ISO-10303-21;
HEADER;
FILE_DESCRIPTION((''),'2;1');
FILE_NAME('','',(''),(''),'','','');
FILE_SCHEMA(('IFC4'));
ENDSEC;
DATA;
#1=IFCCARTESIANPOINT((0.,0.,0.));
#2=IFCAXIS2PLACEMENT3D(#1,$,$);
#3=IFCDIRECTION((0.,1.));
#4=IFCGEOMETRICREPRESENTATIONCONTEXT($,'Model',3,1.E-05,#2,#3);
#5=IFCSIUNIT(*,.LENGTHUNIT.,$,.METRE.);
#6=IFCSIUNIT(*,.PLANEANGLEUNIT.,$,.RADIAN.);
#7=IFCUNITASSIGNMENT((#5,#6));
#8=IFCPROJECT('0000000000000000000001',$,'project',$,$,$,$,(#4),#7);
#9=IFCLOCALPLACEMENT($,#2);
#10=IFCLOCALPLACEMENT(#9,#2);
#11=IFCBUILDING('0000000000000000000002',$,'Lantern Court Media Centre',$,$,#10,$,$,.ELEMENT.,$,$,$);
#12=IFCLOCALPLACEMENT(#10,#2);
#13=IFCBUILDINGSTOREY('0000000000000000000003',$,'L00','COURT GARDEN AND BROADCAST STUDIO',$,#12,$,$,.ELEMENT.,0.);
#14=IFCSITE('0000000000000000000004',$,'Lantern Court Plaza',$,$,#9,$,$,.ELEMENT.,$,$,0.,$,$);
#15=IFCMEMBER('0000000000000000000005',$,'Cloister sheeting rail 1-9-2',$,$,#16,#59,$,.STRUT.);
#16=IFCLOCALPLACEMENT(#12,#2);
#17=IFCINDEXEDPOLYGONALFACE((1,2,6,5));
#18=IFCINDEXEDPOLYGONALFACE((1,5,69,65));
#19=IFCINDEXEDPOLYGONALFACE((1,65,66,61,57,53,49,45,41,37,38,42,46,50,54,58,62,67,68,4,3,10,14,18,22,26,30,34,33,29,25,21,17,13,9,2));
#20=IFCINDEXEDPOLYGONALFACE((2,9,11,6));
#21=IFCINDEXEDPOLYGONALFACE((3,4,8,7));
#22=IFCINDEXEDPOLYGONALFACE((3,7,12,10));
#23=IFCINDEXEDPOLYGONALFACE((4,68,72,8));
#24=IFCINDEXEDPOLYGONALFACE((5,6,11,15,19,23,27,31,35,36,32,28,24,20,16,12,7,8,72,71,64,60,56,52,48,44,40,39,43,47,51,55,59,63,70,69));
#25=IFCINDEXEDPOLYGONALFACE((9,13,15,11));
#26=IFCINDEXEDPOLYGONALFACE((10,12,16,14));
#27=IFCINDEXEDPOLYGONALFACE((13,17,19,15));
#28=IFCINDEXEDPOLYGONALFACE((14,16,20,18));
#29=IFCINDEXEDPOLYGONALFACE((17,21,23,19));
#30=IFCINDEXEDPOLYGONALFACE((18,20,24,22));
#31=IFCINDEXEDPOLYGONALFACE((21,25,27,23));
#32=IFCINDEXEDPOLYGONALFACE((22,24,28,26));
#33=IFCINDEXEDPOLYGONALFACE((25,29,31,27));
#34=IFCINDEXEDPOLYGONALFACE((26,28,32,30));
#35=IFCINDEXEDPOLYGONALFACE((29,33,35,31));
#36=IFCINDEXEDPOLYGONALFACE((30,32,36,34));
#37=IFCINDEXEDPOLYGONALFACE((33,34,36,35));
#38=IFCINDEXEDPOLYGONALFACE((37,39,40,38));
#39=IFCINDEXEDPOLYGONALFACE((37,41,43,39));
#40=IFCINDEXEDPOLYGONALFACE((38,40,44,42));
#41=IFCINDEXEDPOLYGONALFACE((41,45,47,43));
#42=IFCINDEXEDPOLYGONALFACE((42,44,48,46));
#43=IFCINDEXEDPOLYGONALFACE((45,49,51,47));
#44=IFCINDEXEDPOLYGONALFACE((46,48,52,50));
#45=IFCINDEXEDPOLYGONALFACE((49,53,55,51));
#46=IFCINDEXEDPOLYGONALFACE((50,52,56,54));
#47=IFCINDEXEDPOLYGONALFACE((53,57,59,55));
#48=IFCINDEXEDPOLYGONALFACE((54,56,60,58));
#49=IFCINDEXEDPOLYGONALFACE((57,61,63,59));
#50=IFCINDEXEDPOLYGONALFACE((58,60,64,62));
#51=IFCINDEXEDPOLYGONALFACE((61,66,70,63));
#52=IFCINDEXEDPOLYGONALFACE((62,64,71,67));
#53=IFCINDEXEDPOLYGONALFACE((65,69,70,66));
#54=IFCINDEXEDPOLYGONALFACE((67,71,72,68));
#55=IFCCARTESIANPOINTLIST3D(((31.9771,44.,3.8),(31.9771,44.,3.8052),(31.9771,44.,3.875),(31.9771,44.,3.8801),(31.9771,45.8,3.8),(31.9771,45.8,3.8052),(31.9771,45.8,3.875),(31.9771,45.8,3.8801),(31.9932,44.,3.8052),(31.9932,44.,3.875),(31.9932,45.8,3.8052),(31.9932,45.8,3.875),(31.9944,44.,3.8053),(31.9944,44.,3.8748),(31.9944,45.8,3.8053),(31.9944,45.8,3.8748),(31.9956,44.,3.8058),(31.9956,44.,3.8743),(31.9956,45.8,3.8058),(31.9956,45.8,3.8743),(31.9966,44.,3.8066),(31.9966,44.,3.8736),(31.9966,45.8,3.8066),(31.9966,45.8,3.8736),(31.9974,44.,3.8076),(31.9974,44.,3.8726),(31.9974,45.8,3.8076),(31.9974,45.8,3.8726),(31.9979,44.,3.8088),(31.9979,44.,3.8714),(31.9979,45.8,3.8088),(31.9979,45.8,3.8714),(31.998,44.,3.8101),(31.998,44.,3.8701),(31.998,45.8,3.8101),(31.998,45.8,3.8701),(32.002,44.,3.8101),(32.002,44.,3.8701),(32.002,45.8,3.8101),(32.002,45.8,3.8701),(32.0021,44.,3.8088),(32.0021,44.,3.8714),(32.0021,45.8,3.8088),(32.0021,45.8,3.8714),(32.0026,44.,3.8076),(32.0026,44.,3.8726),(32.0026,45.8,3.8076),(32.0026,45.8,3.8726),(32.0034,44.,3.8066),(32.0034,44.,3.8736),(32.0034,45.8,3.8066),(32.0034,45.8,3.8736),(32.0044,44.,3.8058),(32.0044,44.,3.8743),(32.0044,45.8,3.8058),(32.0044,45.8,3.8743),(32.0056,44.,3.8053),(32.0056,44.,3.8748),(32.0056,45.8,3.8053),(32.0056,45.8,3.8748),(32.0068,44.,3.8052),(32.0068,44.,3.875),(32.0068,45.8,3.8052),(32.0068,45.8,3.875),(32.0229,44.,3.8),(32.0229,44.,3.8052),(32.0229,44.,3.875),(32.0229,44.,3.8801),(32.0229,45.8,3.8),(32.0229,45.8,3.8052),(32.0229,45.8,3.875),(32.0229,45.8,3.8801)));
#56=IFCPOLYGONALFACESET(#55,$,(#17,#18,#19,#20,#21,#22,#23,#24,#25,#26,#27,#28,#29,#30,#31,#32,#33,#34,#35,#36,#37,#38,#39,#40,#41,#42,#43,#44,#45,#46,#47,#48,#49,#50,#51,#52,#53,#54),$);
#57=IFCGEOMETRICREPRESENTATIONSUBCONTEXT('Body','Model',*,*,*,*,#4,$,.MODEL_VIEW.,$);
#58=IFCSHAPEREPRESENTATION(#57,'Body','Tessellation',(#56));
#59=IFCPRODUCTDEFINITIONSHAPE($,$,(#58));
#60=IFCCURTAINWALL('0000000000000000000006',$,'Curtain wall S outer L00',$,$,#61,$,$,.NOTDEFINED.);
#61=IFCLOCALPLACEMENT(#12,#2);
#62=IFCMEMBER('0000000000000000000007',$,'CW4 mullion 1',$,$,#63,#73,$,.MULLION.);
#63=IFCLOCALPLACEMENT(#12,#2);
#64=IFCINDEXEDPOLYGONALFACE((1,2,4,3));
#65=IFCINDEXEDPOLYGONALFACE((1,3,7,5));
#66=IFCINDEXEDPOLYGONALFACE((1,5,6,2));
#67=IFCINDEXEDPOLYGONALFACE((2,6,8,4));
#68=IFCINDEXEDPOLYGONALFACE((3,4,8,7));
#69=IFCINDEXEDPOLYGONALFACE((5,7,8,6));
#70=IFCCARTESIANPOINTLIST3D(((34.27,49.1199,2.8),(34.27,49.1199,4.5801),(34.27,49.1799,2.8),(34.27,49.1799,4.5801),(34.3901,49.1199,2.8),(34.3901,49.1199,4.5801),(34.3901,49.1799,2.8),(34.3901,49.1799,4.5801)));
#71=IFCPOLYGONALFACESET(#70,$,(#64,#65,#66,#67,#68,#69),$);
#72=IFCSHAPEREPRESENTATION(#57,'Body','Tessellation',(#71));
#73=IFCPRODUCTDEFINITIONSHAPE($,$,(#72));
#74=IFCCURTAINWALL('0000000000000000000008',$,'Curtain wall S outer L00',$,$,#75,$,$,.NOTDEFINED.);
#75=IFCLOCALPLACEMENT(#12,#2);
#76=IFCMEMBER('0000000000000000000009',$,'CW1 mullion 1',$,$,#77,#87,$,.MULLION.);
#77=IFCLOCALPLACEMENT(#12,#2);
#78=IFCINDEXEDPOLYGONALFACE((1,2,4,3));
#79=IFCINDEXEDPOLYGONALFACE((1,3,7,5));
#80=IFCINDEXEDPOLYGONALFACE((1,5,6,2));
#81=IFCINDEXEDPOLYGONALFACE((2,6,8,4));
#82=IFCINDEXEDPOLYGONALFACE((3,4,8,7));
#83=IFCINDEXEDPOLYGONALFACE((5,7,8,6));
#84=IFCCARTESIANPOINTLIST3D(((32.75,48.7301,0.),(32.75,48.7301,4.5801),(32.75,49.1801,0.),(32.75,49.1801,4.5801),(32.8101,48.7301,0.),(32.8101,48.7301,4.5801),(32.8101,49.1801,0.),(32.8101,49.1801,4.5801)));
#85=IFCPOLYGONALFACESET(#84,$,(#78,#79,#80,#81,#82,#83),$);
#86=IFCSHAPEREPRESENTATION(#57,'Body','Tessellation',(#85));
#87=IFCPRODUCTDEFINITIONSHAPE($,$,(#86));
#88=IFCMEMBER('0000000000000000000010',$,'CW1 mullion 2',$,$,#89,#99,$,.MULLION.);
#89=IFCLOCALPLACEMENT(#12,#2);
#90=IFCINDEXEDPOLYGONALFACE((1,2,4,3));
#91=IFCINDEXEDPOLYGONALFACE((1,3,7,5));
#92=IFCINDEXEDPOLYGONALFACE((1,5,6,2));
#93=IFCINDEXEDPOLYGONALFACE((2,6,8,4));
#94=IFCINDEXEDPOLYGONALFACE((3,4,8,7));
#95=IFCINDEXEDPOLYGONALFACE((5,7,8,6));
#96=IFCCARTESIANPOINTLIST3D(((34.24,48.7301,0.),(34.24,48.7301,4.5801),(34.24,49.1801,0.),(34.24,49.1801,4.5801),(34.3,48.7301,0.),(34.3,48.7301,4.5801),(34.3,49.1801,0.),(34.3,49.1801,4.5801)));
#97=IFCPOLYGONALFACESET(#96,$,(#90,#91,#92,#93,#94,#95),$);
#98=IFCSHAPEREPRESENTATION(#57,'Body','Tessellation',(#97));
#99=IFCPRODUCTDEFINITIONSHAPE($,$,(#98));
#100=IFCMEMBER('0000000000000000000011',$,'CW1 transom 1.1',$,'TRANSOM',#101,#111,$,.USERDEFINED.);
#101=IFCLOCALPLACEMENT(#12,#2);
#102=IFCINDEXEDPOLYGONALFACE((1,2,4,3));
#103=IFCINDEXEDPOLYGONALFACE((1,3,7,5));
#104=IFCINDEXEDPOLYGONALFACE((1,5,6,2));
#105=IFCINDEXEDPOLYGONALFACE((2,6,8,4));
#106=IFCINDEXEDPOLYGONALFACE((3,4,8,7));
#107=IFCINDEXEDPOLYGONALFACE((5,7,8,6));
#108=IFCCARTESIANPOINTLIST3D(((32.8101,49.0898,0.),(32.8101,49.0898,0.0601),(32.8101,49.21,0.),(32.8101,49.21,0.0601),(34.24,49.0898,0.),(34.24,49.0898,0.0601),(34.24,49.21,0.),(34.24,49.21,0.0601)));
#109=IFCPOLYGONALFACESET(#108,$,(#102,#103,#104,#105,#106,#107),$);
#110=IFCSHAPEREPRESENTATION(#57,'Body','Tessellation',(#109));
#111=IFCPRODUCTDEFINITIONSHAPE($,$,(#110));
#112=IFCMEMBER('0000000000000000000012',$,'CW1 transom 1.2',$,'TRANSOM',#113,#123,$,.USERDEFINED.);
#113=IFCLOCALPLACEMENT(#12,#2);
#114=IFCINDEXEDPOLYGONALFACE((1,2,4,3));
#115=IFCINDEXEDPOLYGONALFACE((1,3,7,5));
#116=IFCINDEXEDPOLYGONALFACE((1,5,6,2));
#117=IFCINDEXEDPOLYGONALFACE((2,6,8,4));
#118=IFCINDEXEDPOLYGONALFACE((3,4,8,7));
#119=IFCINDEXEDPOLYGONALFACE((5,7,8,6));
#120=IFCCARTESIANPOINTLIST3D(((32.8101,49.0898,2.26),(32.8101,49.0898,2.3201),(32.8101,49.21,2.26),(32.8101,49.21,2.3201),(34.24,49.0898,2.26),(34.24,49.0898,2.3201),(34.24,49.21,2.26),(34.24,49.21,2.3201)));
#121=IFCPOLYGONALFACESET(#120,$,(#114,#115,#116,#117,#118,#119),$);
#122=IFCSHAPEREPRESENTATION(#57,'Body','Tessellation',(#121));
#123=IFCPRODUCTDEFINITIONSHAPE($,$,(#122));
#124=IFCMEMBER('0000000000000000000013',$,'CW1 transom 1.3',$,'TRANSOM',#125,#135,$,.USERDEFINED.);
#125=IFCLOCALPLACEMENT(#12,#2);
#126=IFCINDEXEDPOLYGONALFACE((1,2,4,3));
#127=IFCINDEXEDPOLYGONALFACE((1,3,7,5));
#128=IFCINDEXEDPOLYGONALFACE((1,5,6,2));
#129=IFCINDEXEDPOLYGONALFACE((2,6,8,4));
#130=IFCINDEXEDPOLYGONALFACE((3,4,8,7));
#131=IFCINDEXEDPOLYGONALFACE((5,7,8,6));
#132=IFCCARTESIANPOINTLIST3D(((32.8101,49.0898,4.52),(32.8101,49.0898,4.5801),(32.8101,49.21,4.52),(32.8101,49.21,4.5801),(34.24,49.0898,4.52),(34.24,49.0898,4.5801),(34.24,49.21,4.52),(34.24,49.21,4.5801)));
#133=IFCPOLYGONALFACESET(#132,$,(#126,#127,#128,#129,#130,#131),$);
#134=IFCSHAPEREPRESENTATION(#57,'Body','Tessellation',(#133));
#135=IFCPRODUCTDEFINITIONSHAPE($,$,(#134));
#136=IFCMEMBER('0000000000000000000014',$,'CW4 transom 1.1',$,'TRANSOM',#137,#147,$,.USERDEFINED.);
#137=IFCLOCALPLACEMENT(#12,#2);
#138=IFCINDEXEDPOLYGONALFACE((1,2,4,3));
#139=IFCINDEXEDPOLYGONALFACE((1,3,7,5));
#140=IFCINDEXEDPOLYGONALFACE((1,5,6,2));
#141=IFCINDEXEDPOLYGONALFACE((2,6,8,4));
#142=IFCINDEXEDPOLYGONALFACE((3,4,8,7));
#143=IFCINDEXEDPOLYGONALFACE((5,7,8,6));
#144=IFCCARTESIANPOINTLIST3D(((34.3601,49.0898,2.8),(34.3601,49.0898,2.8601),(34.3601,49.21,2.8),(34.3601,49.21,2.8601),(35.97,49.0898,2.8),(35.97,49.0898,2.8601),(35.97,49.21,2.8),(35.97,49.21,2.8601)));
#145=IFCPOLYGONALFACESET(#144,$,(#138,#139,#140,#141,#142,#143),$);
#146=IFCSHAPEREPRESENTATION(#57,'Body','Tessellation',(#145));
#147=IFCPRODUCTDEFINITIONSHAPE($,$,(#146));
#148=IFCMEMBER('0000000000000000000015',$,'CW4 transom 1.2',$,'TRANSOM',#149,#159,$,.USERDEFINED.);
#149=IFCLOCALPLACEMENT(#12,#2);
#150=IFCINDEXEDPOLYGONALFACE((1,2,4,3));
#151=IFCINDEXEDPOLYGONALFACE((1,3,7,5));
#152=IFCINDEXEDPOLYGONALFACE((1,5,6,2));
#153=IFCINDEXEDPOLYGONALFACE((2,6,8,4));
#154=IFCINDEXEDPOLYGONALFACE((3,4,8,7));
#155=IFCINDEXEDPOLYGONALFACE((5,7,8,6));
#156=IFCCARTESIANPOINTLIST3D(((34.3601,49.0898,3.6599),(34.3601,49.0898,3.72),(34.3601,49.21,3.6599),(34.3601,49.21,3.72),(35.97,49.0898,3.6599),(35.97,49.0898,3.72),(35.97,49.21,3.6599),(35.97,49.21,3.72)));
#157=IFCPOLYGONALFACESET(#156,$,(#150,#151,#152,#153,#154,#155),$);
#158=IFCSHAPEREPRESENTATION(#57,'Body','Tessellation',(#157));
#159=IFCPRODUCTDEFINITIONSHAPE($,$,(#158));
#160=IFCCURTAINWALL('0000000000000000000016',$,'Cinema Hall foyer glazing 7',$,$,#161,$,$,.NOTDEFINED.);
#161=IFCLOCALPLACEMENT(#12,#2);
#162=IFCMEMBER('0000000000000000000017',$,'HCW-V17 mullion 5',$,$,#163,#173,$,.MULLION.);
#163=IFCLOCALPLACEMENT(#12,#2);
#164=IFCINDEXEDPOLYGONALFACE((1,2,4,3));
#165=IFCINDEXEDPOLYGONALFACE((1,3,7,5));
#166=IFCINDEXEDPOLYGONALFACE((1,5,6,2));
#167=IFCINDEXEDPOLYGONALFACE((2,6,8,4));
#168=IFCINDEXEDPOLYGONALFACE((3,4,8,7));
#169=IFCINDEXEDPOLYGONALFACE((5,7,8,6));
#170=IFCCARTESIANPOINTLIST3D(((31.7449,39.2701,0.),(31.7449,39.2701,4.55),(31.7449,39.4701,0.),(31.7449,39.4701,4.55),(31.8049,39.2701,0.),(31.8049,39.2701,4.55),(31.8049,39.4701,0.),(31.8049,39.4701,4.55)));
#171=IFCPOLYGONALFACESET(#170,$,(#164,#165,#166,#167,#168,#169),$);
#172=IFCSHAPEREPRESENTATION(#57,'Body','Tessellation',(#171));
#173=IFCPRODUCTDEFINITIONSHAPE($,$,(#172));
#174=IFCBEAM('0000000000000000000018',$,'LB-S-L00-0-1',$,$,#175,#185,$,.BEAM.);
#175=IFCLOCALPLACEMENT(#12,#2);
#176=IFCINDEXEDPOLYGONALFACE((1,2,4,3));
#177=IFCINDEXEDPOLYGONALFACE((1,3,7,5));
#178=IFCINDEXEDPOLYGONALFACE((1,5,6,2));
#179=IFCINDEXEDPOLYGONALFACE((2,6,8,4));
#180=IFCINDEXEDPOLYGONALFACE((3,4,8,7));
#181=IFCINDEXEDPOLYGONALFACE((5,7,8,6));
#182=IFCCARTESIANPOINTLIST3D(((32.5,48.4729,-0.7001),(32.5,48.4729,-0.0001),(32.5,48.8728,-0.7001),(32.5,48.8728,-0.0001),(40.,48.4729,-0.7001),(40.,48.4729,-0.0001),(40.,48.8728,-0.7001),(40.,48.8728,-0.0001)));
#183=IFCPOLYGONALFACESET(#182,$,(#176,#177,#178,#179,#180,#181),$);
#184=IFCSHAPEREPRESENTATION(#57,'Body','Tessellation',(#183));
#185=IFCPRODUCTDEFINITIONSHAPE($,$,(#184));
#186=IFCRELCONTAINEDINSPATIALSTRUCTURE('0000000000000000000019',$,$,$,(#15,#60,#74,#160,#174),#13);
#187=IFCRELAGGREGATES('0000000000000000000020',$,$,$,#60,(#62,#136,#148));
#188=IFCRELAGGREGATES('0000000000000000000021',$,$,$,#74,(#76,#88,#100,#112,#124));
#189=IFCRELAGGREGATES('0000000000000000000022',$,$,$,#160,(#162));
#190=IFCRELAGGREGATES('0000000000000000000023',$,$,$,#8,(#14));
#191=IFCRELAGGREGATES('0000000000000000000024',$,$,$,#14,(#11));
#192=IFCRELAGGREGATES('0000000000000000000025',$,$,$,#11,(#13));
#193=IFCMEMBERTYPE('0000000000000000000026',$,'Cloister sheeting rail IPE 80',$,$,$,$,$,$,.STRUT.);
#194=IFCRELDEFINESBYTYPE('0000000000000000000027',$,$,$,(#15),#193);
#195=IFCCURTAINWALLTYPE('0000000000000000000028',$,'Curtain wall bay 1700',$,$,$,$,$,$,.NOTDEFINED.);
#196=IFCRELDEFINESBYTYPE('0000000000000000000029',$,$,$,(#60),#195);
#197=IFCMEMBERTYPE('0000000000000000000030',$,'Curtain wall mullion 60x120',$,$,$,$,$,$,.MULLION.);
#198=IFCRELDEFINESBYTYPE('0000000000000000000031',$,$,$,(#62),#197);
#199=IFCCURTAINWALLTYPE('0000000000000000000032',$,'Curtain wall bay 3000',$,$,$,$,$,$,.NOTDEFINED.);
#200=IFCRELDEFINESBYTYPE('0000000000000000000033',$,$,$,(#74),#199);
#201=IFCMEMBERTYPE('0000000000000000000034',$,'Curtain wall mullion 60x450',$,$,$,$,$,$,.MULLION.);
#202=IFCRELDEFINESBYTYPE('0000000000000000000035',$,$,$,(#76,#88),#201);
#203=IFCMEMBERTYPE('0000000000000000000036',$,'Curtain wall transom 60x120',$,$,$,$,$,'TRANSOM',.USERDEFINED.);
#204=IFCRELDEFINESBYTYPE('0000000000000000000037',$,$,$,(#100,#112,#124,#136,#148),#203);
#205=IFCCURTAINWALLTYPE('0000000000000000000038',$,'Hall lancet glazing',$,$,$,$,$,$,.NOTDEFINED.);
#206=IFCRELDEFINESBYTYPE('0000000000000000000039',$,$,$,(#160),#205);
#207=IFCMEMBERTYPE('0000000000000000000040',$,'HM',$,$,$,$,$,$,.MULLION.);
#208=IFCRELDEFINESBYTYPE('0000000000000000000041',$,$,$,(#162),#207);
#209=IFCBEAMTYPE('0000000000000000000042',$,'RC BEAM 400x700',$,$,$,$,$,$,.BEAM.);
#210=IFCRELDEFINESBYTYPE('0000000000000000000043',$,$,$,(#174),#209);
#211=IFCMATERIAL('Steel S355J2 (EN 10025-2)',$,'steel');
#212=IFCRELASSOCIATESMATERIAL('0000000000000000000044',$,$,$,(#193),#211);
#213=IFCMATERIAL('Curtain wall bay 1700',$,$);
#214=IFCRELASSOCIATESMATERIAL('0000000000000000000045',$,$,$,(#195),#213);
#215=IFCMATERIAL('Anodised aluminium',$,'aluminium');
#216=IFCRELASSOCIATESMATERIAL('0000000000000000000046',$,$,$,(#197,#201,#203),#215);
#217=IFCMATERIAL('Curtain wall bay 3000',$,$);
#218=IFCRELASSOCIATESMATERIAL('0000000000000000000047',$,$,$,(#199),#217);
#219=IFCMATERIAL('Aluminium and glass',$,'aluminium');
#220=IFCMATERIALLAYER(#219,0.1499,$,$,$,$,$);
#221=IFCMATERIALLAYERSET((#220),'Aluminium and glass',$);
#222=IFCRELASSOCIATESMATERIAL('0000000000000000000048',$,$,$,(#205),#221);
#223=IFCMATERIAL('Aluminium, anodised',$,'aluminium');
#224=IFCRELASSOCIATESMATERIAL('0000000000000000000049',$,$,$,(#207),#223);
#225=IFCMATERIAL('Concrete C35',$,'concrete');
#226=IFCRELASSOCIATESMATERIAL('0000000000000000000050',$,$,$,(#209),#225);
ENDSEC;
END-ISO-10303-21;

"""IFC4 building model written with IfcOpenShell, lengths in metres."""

from ifc_helpers import new_model, si_unit, direction, frame, origin, origin_2d, place, context, subcontext, project, spatial, rectangle, i_section, extrude, material, layer, layer_set, material_profile, profile_set, type_object, element, aggregate, save


model = new_model("IFC4")

# Units and contexts
model_context = context("Model", 3, precision=1e-05, world=origin(), true_north=direction((0.0, 1.0)))
body_context = subcontext(model_context, "Body", "Model", "MODEL_VIEW")
ifc_project = project(units=[si_unit("LENGTHUNIT", "METRE"), si_unit("PLANEANGLEUNIT", "RADIAN")], contexts=[model_context])

# Site, building, storey
site_placement = place(None, origin())
site = spatial("IfcSite", under=ifc_project, at=site_placement, Name="Lantern Court Plaza", CompositionType="ELEMENT", RefElevation=0.0)
building_placement = place(site_placement, origin())
building = spatial("IfcBuilding", under=site, at=building_placement, Name="Lantern Court Media Centre", CompositionType="ELEMENT")
storey_placement = place(building_placement, origin())
storey = spatial("IfcBuildingStorey", under=building, at=storey_placement, Name="L00", Description="COURT GARDEN AND BROADCAST STUDIO", CompositionType="ELEMENT", Elevation=0.0)

# Shared definitions
ifc_material_1 = material(Name="Steel S355J2 (EN 10025-2)", Category="steel")
ifc_material_2 = material(Name="Concrete C35", Category="concrete")

# Member
ifc_material_profile_1 = material_profile(ifc_material_1, i_section(OverallWidth=0.0459, OverallDepth=0.0801, WebThickness=0.0039, FlangeThickness=0.0051, FilletRadius=0.0049, at=origin_2d()), Name="IPE 80")
ifc_profile_set_1 = profile_set([ifc_material_profile_1], Name="Steel S355J2 (EN 10025-2)")
member_type_1 = type_object("IfcMemberType", Name="Cloister sheeting rail IPE 80", PredefinedType="STRUT", material=ifc_profile_set_1)
for number, where, z_axis, x_axis, name in (
    (1, (32.0, 44.0, 3.8401), (0.0, 1.0, 0.0), (-1.0, 0.0, 0.0), "Cloister sheeting rail 1-9-2"),
):
    element("IfcMember", number, at=place(storey_placement, frame(where, z_axis=z_axis, x_axis=x_axis)), inside=storey, type_object=member_type_1, Name=name, PredefinedType="STRUT", context=body_context, shape_type="SweptSolid", body=[
        extrude(i_section(OverallWidth=0.0459, OverallDepth=0.0801, WebThickness=0.0039, FlangeThickness=0.0051, FilletRadius=0.0049, at=origin_2d()), origin(), (0.0, 0.0, 1.0), 1.8),
    ])

# Curtain wall, member
ifc_material_3 = material(Name="Curtain wall bay 1700")
curtain_wall_type_1 = type_object("IfcCurtainWallType", Name="Curtain wall bay 1700", PredefinedType="NOTDEFINED", material=ifc_material_3)
curtain_wall_1_placement = place(storey_placement, origin())
curtain_wall_1 = element("IfcCurtainWall", 2, at=curtain_wall_1_placement, inside=storey, type_object=curtain_wall_type_1, Name="Curtain wall S outer L00", PredefinedType="NOTDEFINED")
ifc_material_4 = material(Name="Anodised aluminium", Category="aluminium")
ifc_material_profile_2 = material_profile(ifc_material_4, rectangle(XDim=0.0601, YDim=0.1201, at=origin_2d()), Name="AL 60x120")
ifc_profile_set_2 = profile_set([ifc_material_profile_2], Name="Anodised aluminium")
member_type_2 = type_object("IfcMemberType", Name="Curtain wall mullion 60x120", PredefinedType="MULLION", material=ifc_profile_set_2)
member_1_placement = place(storey_placement, frame((34.3301, 49.1499, 2.8), z_axis=(0.0, 0.0, 1.0), x_axis=(0.0, 1.0, 0.0)))
member_1 = element("IfcMember", 3, at=member_1_placement, type_object=member_type_2, Name="CW4 mullion 1", PredefinedType="MULLION", context=body_context, shape_type="SweptSolid", body=[
    extrude(rectangle(XDim=0.0601, YDim=0.1201, at=origin_2d()), origin(), (0.0, 0.0, 1.0), 1.78),
])

# Curtain wall, members
ifc_material_5 = material(Name="Curtain wall bay 3000")
curtain_wall_type_2 = type_object("IfcCurtainWallType", Name="Curtain wall bay 3000", PredefinedType="NOTDEFINED", material=ifc_material_5)
curtain_wall_2_placement = place(storey_placement, origin())
curtain_wall_2 = element("IfcCurtainWall", 4, at=curtain_wall_2_placement, inside=storey, type_object=curtain_wall_type_2, Name="Curtain wall S outer L00", PredefinedType="NOTDEFINED")
ifc_material_profile_3 = material_profile(ifc_material_4, rectangle(XDim=0.45, YDim=0.0601, at=origin_2d()), Name="AL 60x450")
ifc_profile_set_3 = profile_set([ifc_material_profile_3], Name="Anodised aluminium")
member_type_3 = type_object("IfcMemberType", Name="Curtain wall mullion 60x450", PredefinedType="MULLION", material=ifc_profile_set_3)
member_2_placement = place(storey_placement, frame((32.78, 48.9551, 0.0), z_axis=(0.0, 0.0, 1.0), x_axis=(0.0, 1.0, 0.0)))
member_2 = element("IfcMember", 5, at=member_2_placement, type_object=member_type_3, Name="CW1 mullion 1", PredefinedType="MULLION", context=body_context, shape_type="SweptSolid", body=[
    extrude(rectangle(XDim=0.45, YDim=0.0601, at=origin_2d()), origin(), (0.0, 0.0, 1.0), 4.5801),
])
member_3_placement = place(storey_placement, frame((34.27, 48.9551, 0.0), z_axis=(0.0, 0.0, 1.0), x_axis=(0.0, 1.0, 0.0)))
member_3 = element("IfcMember", 6, at=member_3_placement, type_object=member_type_3, Name="CW1 mullion 2", PredefinedType="MULLION", context=body_context, shape_type="SweptSolid", body=[
    extrude(rectangle(XDim=0.45, YDim=0.0601, at=origin_2d()), origin(), (0.0, 0.0, 1.0), 4.5801),
])
ifc_material_profile_4 = material_profile(ifc_material_4, rectangle(XDim=0.1201, YDim=0.0601, at=origin_2d()), Name="AL 60x120")
ifc_profile_set_4 = profile_set([ifc_material_profile_4], Name="Anodised aluminium")
member_type_4 = type_object("IfcMemberType", Name="Curtain wall transom 60x120", ElementType="TRANSOM", PredefinedType="USERDEFINED", material=ifc_profile_set_4)
member_4_placement = place(storey_placement, frame((32.8101, 49.1499, 0.03), z_axis=(1.0, 0.0, 0.0), x_axis=(0.0, 1.0, 0.0)))
member_4 = element("IfcMember", 7, at=member_4_placement, type_object=member_type_4, Name="CW1 transom 1.1", ObjectType="TRANSOM", PredefinedType="USERDEFINED", context=body_context, shape_type="SweptSolid", body=[
    extrude(rectangle(XDim=0.1201, YDim=0.0601, at=origin_2d()), origin(), (0.0, 0.0, 1.0), 1.4299),
])
member_5_placement = place(storey_placement, frame((32.8101, 49.1499, 2.29), z_axis=(1.0, 0.0, 0.0), x_axis=(0.0, 1.0, 0.0)))
member_5 = element("IfcMember", 8, at=member_5_placement, type_object=member_type_4, Name="CW1 transom 1.2", ObjectType="TRANSOM", PredefinedType="USERDEFINED", context=body_context, shape_type="SweptSolid", body=[
    extrude(rectangle(XDim=0.1201, YDim=0.0601, at=origin_2d()), origin(), (0.0, 0.0, 1.0), 1.4299),
])
member_6_placement = place(storey_placement, frame((32.8101, 49.1499, 4.55), z_axis=(1.0, 0.0, 0.0), x_axis=(0.0, 1.0, 0.0)))
member_6 = element("IfcMember", 9, at=member_6_placement, type_object=member_type_4, Name="CW1 transom 1.3", ObjectType="TRANSOM", PredefinedType="USERDEFINED", context=body_context, shape_type="SweptSolid", body=[
    extrude(rectangle(XDim=0.1201, YDim=0.0601, at=origin_2d()), origin(), (0.0, 0.0, 1.0), 1.4299),
])

# Members
member_7_placement = place(storey_placement, frame((34.3601, 49.1499, 2.8301), z_axis=(1.0, 0.0, 0.0), x_axis=(0.0, 1.0, 0.0)))
member_7 = element("IfcMember", 10, at=member_7_placement, type_object=member_type_4, Name="CW4 transom 1.1", ObjectType="TRANSOM", PredefinedType="USERDEFINED", context=body_context, shape_type="SweptSolid", body=[
    extrude(rectangle(XDim=0.1201, YDim=0.0601, at=origin_2d()), origin(), (0.0, 0.0, 1.0), 1.6099),
])
member_8_placement = place(storey_placement, frame((34.3601, 49.1499, 3.6899), z_axis=(1.0, 0.0, 0.0), x_axis=(0.0, 1.0, 0.0)))
member_8 = element("IfcMember", 11, at=member_8_placement, type_object=member_type_4, Name="CW4 transom 1.2", ObjectType="TRANSOM", PredefinedType="USERDEFINED", context=body_context, shape_type="SweptSolid", body=[
    extrude(rectangle(XDim=0.1201, YDim=0.0601, at=origin_2d()), origin(), (0.0, 0.0, 1.0), 1.6099),
])
aggregate(curtain_wall_1, [member_1, member_7, member_8])

# Curtain wall, member
ifc_material_6 = material(Name="Aluminium and glass", Category="aluminium")
ifc_layer_1 = layer(ifc_material_6, 0.1499)
ifc_layer_set_1 = layer_set([ifc_layer_1], Name="Aluminium and glass")
curtain_wall_type_3 = type_object("IfcCurtainWallType", Name="Hall lancet glazing", PredefinedType="NOTDEFINED", material=ifc_layer_set_1)
curtain_wall_3_placement = place(storey_placement, origin())
curtain_wall_3 = element("IfcCurtainWall", 12, at=curtain_wall_3_placement, inside=storey, type_object=curtain_wall_type_3, Name="Cinema Hall foyer glazing 7", PredefinedType="NOTDEFINED")
ifc_material_7 = material(Name="Aluminium, anodised", Category="aluminium")
ifc_material_profile_5 = material_profile(ifc_material_7, rectangle(XDim=0.0601, YDim=0.2, at=origin_2d()), Name="HM")
ifc_profile_set_5 = profile_set([ifc_material_profile_5], Name="Aluminium, anodised")
member_type_5 = type_object("IfcMemberType", Name="HM", PredefinedType="MULLION", material=ifc_profile_set_5)
member_9_placement = place(storey_placement, frame((31.7749, 39.3701, 0.0), z_axis=(0.0, 0.0, 1.0), x_axis=(-1.0, 0.0, 0.0)))
member_9 = element("IfcMember", 13, at=member_9_placement, type_object=member_type_5, Name="HCW-V17 mullion 5", PredefinedType="MULLION", context=body_context, shape_type="SweptSolid", body=[
    extrude(rectangle(XDim=0.0601, YDim=0.2, at=origin_2d()), origin(), (0.0, 0.0, 1.0), 4.55),
])

# Beam
ifc_material_profile_6 = material_profile(ifc_material_2, rectangle(XDim=0.3999, YDim=0.7, at=origin_2d()), Name="RC 400x700")
ifc_profile_set_6 = profile_set([ifc_material_profile_6], Name="Concrete C35")
beam_type_1 = type_object("IfcBeamType", Name="RC BEAM 400x700", PredefinedType="BEAM", material=ifc_profile_set_6)
beam_1_placement = place(storey_placement, frame((32.5, 48.6729, -0.3501), z_axis=(1.0, 0.0, 0.0), x_axis=(0.0, 1.0, 0.0)))
element("IfcBeam", 14, at=beam_1_placement, inside=storey, type_object=beam_type_1, Name="LB-S-L00-0-1", PredefinedType="BEAM", context=body_context, shape_type="SweptSolid", body=[
    extrude(rectangle(XDim=0.3999, YDim=0.7, at=origin_2d()), origin(), (0.0, 0.0, 1.0), 7.5),
])

aggregate(curtain_wall_2, [member_2, member_3, member_4, member_5, member_6])
aggregate(curtain_wall_3, [member_9])

save(model, "model.ifc")
